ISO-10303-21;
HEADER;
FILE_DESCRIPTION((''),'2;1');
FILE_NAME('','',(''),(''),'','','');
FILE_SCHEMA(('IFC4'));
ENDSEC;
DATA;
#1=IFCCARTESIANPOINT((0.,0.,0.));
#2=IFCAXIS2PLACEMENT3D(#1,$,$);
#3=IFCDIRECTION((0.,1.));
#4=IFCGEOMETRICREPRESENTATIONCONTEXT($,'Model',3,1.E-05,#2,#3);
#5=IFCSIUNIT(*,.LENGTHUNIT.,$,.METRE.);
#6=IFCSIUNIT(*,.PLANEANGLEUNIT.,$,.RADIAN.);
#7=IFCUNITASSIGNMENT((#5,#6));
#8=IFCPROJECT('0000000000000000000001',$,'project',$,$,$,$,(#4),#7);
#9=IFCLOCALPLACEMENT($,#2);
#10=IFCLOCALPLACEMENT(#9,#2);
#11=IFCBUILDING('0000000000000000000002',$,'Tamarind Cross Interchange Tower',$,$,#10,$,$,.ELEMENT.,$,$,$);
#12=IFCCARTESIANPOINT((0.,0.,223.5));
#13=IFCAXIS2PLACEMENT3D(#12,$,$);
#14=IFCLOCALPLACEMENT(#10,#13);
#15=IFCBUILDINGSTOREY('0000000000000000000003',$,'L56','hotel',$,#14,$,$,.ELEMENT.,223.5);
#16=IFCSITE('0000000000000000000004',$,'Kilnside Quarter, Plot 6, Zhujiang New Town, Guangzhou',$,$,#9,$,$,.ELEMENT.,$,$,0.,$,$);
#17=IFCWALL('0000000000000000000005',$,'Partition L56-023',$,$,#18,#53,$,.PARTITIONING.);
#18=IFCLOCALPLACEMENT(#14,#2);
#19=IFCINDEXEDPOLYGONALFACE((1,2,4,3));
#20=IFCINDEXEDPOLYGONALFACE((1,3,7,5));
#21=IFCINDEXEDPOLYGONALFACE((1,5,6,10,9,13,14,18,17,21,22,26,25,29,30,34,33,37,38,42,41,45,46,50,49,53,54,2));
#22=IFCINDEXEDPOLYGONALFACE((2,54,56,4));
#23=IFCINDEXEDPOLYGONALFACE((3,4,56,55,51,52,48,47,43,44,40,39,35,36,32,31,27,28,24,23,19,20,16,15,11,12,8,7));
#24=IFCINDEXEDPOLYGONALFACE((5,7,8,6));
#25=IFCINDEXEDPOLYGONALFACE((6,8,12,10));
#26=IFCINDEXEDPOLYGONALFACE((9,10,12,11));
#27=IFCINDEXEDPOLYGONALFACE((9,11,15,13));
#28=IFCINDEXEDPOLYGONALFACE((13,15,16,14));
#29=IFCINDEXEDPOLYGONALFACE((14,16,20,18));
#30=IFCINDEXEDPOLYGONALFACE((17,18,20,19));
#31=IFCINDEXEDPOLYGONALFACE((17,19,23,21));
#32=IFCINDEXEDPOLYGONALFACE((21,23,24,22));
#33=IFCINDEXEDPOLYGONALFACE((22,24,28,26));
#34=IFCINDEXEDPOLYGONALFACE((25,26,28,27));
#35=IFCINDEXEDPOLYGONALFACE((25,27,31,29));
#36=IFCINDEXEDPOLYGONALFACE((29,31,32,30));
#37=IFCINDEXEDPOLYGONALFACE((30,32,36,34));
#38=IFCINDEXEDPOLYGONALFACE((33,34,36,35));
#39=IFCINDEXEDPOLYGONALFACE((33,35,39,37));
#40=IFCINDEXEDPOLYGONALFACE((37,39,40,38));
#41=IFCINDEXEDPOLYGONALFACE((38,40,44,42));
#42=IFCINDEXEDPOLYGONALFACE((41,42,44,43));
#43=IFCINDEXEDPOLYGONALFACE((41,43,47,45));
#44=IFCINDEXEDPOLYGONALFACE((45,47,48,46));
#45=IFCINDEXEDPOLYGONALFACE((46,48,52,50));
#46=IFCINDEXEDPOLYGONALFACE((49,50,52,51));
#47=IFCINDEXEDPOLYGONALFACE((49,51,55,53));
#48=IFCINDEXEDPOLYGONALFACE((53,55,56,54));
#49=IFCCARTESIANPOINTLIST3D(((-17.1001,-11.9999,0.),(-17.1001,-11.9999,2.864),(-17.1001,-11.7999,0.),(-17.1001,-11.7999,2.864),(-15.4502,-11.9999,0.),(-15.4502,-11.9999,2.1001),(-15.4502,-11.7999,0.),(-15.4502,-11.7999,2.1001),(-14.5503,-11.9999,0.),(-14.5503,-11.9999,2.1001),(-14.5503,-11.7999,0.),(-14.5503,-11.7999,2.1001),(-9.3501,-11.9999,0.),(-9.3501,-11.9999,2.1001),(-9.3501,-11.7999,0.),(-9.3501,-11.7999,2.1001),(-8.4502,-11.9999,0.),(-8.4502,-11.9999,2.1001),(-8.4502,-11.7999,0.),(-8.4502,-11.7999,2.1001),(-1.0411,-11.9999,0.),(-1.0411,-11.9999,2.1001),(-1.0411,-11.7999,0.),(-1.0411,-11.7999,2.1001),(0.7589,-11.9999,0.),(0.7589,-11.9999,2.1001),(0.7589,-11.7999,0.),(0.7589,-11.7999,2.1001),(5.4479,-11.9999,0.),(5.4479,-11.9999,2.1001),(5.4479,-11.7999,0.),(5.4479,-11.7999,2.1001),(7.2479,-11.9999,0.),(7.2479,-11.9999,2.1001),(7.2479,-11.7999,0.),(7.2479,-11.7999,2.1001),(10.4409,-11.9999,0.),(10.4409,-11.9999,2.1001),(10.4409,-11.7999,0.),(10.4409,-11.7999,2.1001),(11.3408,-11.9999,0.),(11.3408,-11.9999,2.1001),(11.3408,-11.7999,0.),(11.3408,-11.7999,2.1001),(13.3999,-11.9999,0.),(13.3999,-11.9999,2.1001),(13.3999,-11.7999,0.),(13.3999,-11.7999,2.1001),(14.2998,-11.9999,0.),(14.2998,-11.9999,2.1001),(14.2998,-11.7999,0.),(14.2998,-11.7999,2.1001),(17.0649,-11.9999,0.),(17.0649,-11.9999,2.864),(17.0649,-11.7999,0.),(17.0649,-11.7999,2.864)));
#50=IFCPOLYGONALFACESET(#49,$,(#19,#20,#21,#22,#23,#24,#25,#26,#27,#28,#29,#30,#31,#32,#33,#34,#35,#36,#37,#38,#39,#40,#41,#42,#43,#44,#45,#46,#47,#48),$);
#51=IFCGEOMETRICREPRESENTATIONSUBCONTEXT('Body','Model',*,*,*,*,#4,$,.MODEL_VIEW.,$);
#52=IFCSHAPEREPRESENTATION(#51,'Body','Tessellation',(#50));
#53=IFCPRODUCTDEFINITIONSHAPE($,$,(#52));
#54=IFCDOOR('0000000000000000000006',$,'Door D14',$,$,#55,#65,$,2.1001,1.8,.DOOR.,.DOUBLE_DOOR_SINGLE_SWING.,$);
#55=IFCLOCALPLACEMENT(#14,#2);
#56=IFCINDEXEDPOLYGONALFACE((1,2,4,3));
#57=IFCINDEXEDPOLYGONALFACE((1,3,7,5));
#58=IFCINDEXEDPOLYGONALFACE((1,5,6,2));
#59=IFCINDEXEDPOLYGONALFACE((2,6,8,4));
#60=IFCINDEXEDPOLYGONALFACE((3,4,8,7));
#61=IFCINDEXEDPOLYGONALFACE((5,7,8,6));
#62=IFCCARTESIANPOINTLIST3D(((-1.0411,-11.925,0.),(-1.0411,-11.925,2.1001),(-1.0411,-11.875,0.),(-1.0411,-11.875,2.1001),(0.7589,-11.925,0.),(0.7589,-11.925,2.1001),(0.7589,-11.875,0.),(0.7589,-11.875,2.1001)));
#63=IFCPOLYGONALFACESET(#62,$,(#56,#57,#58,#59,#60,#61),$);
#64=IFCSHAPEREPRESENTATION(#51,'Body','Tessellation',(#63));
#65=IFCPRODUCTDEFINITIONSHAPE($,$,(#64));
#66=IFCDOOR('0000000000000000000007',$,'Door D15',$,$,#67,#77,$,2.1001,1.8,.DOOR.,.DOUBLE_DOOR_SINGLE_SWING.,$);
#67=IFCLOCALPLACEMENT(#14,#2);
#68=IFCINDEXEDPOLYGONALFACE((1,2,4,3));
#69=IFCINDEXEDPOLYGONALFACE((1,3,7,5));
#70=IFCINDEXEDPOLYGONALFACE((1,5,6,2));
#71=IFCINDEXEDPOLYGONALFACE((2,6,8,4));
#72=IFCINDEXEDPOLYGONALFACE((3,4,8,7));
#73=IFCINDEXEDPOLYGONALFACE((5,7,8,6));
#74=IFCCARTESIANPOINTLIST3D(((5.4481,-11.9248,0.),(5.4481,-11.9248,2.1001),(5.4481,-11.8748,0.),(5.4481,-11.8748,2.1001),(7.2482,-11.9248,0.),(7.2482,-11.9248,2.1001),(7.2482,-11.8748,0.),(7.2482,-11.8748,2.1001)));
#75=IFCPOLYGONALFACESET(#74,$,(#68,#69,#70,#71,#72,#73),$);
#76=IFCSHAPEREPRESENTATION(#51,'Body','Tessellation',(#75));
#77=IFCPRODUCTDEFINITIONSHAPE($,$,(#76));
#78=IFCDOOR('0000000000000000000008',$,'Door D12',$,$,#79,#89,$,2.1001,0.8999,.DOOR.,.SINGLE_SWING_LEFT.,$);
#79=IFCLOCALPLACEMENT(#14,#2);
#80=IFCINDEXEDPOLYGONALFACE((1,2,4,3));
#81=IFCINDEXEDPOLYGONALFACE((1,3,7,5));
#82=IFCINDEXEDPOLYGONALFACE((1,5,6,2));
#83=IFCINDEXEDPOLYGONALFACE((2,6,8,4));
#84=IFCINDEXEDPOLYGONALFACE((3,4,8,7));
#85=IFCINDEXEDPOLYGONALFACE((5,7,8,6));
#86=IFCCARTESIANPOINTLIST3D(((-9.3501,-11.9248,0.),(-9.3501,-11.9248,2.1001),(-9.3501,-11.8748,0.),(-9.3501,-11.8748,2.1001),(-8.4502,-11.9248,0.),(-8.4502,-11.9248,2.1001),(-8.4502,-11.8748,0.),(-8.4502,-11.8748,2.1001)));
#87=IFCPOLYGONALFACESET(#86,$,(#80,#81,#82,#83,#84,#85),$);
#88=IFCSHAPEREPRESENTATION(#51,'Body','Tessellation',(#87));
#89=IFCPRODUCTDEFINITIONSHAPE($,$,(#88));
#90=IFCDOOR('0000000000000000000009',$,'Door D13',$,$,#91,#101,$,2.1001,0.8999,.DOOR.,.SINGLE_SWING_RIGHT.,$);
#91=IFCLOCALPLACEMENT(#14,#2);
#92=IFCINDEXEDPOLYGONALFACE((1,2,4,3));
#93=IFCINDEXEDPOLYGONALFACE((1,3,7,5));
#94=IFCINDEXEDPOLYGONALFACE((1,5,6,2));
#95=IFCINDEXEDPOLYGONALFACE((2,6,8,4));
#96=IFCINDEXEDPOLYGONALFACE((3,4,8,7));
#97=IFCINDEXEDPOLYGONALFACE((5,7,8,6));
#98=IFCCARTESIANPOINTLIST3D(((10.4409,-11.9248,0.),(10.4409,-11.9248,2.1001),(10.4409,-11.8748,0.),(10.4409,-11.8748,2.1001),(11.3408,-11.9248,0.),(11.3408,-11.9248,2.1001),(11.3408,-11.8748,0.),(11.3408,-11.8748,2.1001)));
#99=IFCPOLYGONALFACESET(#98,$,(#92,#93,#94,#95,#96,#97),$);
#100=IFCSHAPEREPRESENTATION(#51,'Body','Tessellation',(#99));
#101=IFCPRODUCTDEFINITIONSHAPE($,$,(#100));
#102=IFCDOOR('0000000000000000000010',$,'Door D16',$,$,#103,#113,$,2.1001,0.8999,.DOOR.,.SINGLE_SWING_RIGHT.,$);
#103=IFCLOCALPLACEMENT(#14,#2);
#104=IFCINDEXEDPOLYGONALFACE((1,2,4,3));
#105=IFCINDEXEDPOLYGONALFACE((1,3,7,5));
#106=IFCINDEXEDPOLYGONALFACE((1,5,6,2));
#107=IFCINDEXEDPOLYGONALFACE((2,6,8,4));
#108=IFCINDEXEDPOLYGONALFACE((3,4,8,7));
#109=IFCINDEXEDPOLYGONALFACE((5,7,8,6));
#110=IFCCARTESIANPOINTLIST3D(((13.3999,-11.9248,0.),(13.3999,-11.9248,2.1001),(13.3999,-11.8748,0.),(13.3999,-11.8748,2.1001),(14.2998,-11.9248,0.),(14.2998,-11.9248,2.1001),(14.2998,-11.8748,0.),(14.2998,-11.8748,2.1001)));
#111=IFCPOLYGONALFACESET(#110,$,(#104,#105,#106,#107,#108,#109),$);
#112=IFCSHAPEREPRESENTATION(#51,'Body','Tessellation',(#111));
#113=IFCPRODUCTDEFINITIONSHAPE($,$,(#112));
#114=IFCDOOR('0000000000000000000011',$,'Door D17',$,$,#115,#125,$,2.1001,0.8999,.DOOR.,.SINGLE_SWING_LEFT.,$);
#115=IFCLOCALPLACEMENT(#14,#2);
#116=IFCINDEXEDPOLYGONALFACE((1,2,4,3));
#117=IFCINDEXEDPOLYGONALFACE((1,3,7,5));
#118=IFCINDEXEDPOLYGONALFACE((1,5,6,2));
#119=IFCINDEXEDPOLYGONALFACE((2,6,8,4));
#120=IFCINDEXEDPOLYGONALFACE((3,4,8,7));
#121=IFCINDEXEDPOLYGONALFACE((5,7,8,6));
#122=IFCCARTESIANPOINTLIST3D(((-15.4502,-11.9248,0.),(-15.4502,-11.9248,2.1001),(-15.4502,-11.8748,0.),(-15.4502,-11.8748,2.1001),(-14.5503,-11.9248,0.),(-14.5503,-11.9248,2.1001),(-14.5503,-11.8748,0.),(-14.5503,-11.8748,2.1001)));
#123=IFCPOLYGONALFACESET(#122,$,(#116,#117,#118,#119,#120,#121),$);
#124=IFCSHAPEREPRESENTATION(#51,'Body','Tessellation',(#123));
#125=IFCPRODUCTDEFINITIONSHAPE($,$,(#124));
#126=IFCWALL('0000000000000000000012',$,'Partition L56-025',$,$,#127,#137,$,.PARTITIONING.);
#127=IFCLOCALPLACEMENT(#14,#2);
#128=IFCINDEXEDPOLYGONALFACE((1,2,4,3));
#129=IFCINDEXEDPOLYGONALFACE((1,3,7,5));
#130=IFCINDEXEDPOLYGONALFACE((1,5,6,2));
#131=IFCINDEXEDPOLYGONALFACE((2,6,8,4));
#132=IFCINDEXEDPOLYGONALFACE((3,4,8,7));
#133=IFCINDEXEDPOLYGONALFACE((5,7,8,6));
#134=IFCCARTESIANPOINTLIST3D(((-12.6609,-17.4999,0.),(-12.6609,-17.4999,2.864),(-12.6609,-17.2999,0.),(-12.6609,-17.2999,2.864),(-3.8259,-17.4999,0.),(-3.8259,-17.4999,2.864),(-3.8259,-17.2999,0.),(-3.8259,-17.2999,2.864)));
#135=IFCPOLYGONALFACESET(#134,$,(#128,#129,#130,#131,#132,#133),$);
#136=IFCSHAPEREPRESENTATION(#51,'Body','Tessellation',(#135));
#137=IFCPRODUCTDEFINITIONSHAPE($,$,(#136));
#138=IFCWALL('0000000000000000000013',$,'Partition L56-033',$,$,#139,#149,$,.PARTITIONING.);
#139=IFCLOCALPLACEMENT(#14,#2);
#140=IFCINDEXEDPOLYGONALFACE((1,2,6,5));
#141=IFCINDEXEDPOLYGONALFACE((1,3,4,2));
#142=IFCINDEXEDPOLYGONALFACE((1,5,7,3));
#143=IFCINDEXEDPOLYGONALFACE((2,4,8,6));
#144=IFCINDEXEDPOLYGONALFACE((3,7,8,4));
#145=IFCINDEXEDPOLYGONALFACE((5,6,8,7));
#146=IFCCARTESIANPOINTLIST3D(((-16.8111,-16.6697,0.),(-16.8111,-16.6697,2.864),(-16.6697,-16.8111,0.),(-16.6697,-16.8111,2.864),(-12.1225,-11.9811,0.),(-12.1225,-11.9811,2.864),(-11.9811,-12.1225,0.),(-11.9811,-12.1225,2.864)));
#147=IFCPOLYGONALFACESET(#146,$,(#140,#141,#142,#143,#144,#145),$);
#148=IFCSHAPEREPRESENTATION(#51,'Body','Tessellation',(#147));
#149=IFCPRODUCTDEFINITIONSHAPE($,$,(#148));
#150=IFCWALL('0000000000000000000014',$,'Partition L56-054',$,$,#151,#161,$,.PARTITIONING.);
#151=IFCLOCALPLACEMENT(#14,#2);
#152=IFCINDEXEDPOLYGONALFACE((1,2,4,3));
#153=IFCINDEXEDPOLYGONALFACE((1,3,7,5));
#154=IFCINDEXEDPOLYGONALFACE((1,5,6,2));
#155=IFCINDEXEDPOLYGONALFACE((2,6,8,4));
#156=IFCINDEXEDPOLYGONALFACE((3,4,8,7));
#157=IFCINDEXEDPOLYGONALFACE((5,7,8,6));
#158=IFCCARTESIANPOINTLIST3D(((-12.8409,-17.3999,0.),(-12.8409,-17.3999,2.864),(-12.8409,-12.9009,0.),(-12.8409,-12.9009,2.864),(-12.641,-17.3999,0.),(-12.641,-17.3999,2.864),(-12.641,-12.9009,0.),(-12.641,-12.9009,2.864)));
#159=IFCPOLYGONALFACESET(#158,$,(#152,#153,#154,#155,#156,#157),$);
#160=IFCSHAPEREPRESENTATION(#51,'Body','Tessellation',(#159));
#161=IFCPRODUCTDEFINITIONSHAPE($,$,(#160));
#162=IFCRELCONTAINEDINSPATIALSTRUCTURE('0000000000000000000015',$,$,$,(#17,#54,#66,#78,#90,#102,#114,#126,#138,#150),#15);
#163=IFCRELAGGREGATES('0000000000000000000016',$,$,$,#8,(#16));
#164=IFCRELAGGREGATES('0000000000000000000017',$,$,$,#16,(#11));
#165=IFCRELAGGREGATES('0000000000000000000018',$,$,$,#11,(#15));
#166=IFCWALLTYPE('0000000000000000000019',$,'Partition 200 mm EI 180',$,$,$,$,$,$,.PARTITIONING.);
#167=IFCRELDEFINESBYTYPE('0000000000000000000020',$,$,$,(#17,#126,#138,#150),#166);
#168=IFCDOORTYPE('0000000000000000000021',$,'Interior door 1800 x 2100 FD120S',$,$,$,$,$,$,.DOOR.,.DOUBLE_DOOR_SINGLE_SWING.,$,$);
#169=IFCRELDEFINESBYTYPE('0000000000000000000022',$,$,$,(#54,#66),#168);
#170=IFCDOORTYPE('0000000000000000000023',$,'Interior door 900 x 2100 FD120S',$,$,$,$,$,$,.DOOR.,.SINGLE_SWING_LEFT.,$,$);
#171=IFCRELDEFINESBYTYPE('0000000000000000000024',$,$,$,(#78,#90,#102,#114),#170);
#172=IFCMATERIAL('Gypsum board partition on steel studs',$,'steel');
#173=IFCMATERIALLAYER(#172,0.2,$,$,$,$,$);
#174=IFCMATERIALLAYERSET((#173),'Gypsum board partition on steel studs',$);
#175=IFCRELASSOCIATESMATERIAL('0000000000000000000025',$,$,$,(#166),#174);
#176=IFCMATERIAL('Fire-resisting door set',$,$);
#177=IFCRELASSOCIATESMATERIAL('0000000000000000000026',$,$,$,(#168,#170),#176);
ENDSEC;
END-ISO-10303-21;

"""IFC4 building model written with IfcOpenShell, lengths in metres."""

from ifc_helpers import new_model, si_unit, direction, frame, frame_2d, origin, place, context, subcontext, project, spatial, rectangle, extrude, material, layer, layer_set, type_object, element, fill, save


model = new_model("IFC4")

# Units and contexts
model_context = context("Model", 3, precision=1e-05, world=origin(), true_north=direction((0.0, 1.0)))
body_context = subcontext(model_context, "Body", "Model", "MODEL_VIEW")
ifc_project = project(units=[si_unit("LENGTHUNIT", "METRE"), si_unit("PLANEANGLEUNIT", "RADIAN")], contexts=[model_context])

# Site, building, storey
site_placement = place(None, origin())
site = spatial("IfcSite", under=ifc_project, at=site_placement, Name="Kilnside Quarter, Plot 6, Zhujiang New Town, Guangzhou", CompositionType="ELEMENT", RefElevation=0.0)
building_placement = place(site_placement, origin())
building = spatial("IfcBuilding", under=site, at=building_placement, Name="Tamarind Cross Interchange Tower", CompositionType="ELEMENT")
storey_placement = place(building_placement, frame((0.0, 0.0, 223.5)))
storey = spatial("IfcBuildingStorey", under=building, at=storey_placement, Name="L56", Description="hotel", CompositionType="ELEMENT", Elevation=223.5)

# Shared definitions
ifc_material_1 = material(Name="Gypsum board partition on steel studs", Category="steel")

# Wall, openings, doors
ifc_layer_1 = layer(ifc_material_1, 0.2)
ifc_layer_set_1 = layer_set([ifc_layer_1], Name="Gypsum board partition on steel studs")
wall_type_1 = type_object("IfcWallType", Name="Partition 200 mm EI 180", PredefinedType="PARTITIONING", material=ifc_layer_set_1)
wall_1_placement = place(storey_placement, frame((-17.1001, -11.8999, 0.0), z_axis=(0.0, 0.0, 1.0), x_axis=(1.0, 0.0, 0.0)))
wall_1 = element("IfcWall", 1, at=wall_1_placement, inside=storey, type_object=wall_type_1, Name="Partition L56-023", PredefinedType="PARTITIONING", context=body_context, shape_type="SweptSolid", body=[
    extrude(rectangle(XDim=34.165, YDim=0.2, at=frame_2d((17.0825, 0.0))), origin(), (0.0, 0.0, 1.0), 2.864),
])
opening_1_placement = place(wall_1_placement, frame((7.75, 0.0, 0.0)))
opening_1 = element("IfcOpeningElement", 2, at=opening_1_placement, cuts=wall_1, PredefinedType="OPENING", context=body_context, shape_type="SweptSolid", body=[
    extrude(rectangle(XDim=0.8999, YDim=2.1001, at=frame_2d((0.45, 1.05))), frame((0.0, 0.1099, 0.0), z_axis=(0.0, -1.0, 0.0), x_axis=(1.0, 0.0, 0.0)), (0.0, 0.0, 1.0), 0.22),
])
opening_2_placement = place(wall_1_placement, frame((27.541, 0.0, 0.0)))
opening_2 = element("IfcOpeningElement", 3, at=opening_2_placement, cuts=wall_1, PredefinedType="OPENING", context=body_context, shape_type="SweptSolid", body=[
    extrude(rectangle(XDim=0.8999, YDim=2.1001, at=frame_2d((0.45, 1.05))), frame((0.0, 0.1099, 0.0), z_axis=(0.0, -1.0, 0.0), x_axis=(1.0, 0.0, 0.0)), (0.0, 0.0, 1.0), 0.22),
])
opening_3_placement = place(wall_1_placement, frame((16.0591, 0.0, 0.0)))
opening_3 = element("IfcOpeningElement", 4, at=opening_3_placement, cuts=wall_1, PredefinedType="OPENING", context=body_context, shape_type="SweptSolid", body=[
    extrude(rectangle(XDim=1.8, YDim=2.1001, at=frame_2d((0.8999, 1.05))), frame((0.0, 0.1099, 0.0), z_axis=(0.0, -1.0, 0.0), x_axis=(1.0, 0.0, 0.0)), (0.0, 0.0, 1.0), 0.22),
])
opening_4_placement = place(wall_1_placement, frame((22.5481, 0.0, 0.0)))
opening_4 = element("IfcOpeningElement", 5, at=opening_4_placement, cuts=wall_1, PredefinedType="OPENING", context=body_context, shape_type="SweptSolid", body=[
    extrude(rectangle(XDim=1.8, YDim=2.1001, at=frame_2d((0.8999, 1.05))), frame((0.0, 0.1099, 0.0), z_axis=(0.0, -1.0, 0.0), x_axis=(1.0, 0.0, 0.0)), (0.0, 0.0, 1.0), 0.22),
])
opening_5_placement = place(wall_1_placement, frame((30.5, 0.0, 0.0)))
opening_5 = element("IfcOpeningElement", 6, at=opening_5_placement, cuts=wall_1, PredefinedType="OPENING", context=body_context, shape_type="SweptSolid", body=[
    extrude(rectangle(XDim=0.8999, YDim=2.1001, at=frame_2d((0.45, 1.05))), frame((0.0, 0.1099, 0.0), z_axis=(0.0, -1.0, 0.0), x_axis=(1.0, 0.0, 0.0)), (0.0, 0.0, 1.0), 0.22),
])
opening_6_placement = place(wall_1_placement, frame((1.6499, 0.0, 0.0)))
opening_6 = element("IfcOpeningElement", 7, at=opening_6_placement, cuts=wall_1, PredefinedType="OPENING", context=body_context, shape_type="SweptSolid", body=[
    extrude(rectangle(XDim=0.8999, YDim=2.1001, at=frame_2d((0.45, 1.05))), frame((0.0, 0.1099, 0.0), z_axis=(0.0, -1.0, 0.0), x_axis=(1.0, 0.0, 0.0)), (0.0, 0.0, 1.0), 0.22),
])
ifc_material_2 = material(Name="Fire-resisting door set")
door_type_1 = type_object("IfcDoorType", Name="Interior door 1800 x 2100 FD120S", OperationType="DOUBLE_DOOR_SINGLE_SWING", PredefinedType="DOOR", material=ifc_material_2)
door_1_placement = place(opening_3_placement, origin())
door_1 = element("IfcDoor", 8, at=door_1_placement, inside=storey, type_object=door_type_1, Name="Door D14", OperationType="DOUBLE_DOOR_SINGLE_SWING", OverallHeight=2.1001, OverallWidth=1.8, PredefinedType="DOOR", context=body_context, shape_type="SweptSolid", body=[
    extrude(rectangle(XDim=1.8, YDim=2.1001, at=frame_2d((0.8999, 1.05))), frame((0.0, 0.0249, 0.0), z_axis=(0.0, -1.0, 0.0), x_axis=(1.0, 0.0, 0.0)), (0.0, 0.0, 1.0), 0.05),
])
fill(opening_3, door_1)
door_2_placement = place(opening_4_placement, frame((1.8, 0.0, 0.0), z_axis=(0.0, 0.0, 1.0), x_axis=(-1.0, 0.0, 0.0)))
door_2 = element("IfcDoor", 9, at=door_2_placement, inside=storey, type_object=door_type_1, Name="Door D15", OperationType="DOUBLE_DOOR_SINGLE_SWING", OverallHeight=2.1001, OverallWidth=1.8, PredefinedType="DOOR", context=body_context, shape_type="SweptSolid", body=[
    extrude(rectangle(XDim=1.8, YDim=2.1001, at=frame_2d((0.8999, 1.05))), frame((0.0, 0.0249, 0.0), z_axis=(0.0, -1.0, 0.0), x_axis=(1.0, 0.0, 0.0)), (0.0, 0.0, 1.0), 0.05),
])
fill(opening_4, door_2)
door_type_2 = type_object("IfcDoorType", Name="Interior door 900 x 2100 FD120S", OperationType="SINGLE_SWING_LEFT", PredefinedType="DOOR", material=ifc_material_2)
door_3_placement = place(opening_1_placement, frame((0.8999, 0.0, 0.0), z_axis=(0.0, 0.0, 1.0), x_axis=(-1.0, 0.0, 0.0)))
door_3 = element("IfcDoor", 10, at=door_3_placement, inside=storey, type_object=door_type_2, Name="Door D12", OperationType="SINGLE_SWING_LEFT", OverallHeight=2.1001, OverallWidth=0.8999, PredefinedType="DOOR", context=body_context, shape_type="SweptSolid", body=[
    extrude(rectangle(XDim=0.8999, YDim=2.1001, at=frame_2d((0.45, 1.05))), frame((0.0, 0.0249, 0.0), z_axis=(0.0, -1.0, 0.0), x_axis=(1.0, 0.0, 0.0)), (0.0, 0.0, 1.0), 0.05),
])
fill(opening_1, door_3)
door_4_placement = place(opening_2_placement, frame((0.8999, 0.0, 0.0), z_axis=(0.0, 0.0, 1.0), x_axis=(-1.0, 0.0, 0.0)))
door_4 = element("IfcDoor", 11, at=door_4_placement, inside=storey, type_object=door_type_2, Name="Door D13", OperationType="SINGLE_SWING_RIGHT", OverallHeight=2.1001, OverallWidth=0.8999, PredefinedType="DOOR", context=body_context, shape_type="SweptSolid", body=[
    extrude(rectangle(XDim=0.8999, YDim=2.1001, at=frame_2d((0.45, 1.05))), frame((0.0, 0.0249, 0.0), z_axis=(0.0, -1.0, 0.0), x_axis=(1.0, 0.0, 0.0)), (0.0, 0.0, 1.0), 0.05),
])
fill(opening_2, door_4)
door_5_placement = place(opening_5_placement, frame((0.8999, 0.0, 0.0), z_axis=(0.0, 0.0, 1.0), x_axis=(-1.0, 0.0, 0.0)))
door_5 = element("IfcDoor", 12, at=door_5_placement, inside=storey, type_object=door_type_2, Name="Door D16", OperationType="SINGLE_SWING_RIGHT", OverallHeight=2.1001, OverallWidth=0.8999, PredefinedType="DOOR", context=body_context, shape_type="SweptSolid", body=[
    extrude(rectangle(XDim=0.8999, YDim=2.1001, at=frame_2d((0.45, 1.05))), frame((0.0, 0.0249, 0.0), z_axis=(0.0, -1.0, 0.0), x_axis=(1.0, 0.0, 0.0)), (0.0, 0.0, 1.0), 0.05),
])
fill(opening_5, door_5)
door_6_placement = place(opening_6_placement, frame((0.8999, 0.0, 0.0), z_axis=(0.0, 0.0, 1.0), x_axis=(-1.0, 0.0, 0.0)))
door_6 = element("IfcDoor", 13, at=door_6_placement, inside=storey, type_object=door_type_2, Name="Door D17", OperationType="SINGLE_SWING_LEFT", OverallHeight=2.1001, OverallWidth=0.8999, PredefinedType="DOOR", context=body_context, shape_type="SweptSolid", body=[
    extrude(rectangle(XDim=0.8999, YDim=2.1001, at=frame_2d((0.45, 1.05))), frame((0.0, 0.0249, 0.0), z_axis=(0.0, -1.0, 0.0), x_axis=(1.0, 0.0, 0.0)), (0.0, 0.0, 1.0), 0.05),
])
fill(opening_6, door_6)

# Walls
wall_2_placement = place(storey_placement, frame((-12.6609, -17.3999, 0.0), z_axis=(0.0, 0.0, 1.0), x_axis=(1.0, 0.0, 0.0)))
element("IfcWall", 14, at=wall_2_placement, inside=storey, type_object=wall_type_1, Name="Partition L56-025", PredefinedType="PARTITIONING", context=body_context, shape_type="SweptSolid", body=[
    extrude(rectangle(XDim=8.835, YDim=0.2, at=frame_2d((4.4175, 0.0))), origin(), (0.0, 0.0, 1.0), 2.864),
])
wall_3_placement = place(storey_placement, frame((-16.7405, -16.7405, 0.0), z_axis=(0.0, 0.0, 1.0), x_axis=(0.707107, 0.707107, 0.0)))
element("IfcWall", 15, at=wall_3_placement, inside=storey, type_object=wall_type_1, Name="Partition L56-033", PredefinedType="PARTITIONING", context=body_context, shape_type="SweptSolid", body=[
    extrude(rectangle(XDim=6.6306, YDim=0.2, at=frame_2d((3.3154, 0.0))), origin(), (0.0, 0.0, 1.0), 2.864),
])
wall_4_placement = place(storey_placement, frame((-12.741, -17.3999, 0.0), z_axis=(0.0, 0.0, 1.0), x_axis=(0.0, 1.0, 0.0)))
element("IfcWall", 16, at=wall_4_placement, inside=storey, type_object=wall_type_1, Name="Partition L56-054", PredefinedType="PARTITIONING", context=body_context, shape_type="SweptSolid", body=[
    extrude(rectangle(XDim=4.499, YDim=0.2, at=frame_2d((2.2495, 0.0))), origin(), (0.0, 0.0, 1.0), 2.864),
])

save(model, "model.ifc")
